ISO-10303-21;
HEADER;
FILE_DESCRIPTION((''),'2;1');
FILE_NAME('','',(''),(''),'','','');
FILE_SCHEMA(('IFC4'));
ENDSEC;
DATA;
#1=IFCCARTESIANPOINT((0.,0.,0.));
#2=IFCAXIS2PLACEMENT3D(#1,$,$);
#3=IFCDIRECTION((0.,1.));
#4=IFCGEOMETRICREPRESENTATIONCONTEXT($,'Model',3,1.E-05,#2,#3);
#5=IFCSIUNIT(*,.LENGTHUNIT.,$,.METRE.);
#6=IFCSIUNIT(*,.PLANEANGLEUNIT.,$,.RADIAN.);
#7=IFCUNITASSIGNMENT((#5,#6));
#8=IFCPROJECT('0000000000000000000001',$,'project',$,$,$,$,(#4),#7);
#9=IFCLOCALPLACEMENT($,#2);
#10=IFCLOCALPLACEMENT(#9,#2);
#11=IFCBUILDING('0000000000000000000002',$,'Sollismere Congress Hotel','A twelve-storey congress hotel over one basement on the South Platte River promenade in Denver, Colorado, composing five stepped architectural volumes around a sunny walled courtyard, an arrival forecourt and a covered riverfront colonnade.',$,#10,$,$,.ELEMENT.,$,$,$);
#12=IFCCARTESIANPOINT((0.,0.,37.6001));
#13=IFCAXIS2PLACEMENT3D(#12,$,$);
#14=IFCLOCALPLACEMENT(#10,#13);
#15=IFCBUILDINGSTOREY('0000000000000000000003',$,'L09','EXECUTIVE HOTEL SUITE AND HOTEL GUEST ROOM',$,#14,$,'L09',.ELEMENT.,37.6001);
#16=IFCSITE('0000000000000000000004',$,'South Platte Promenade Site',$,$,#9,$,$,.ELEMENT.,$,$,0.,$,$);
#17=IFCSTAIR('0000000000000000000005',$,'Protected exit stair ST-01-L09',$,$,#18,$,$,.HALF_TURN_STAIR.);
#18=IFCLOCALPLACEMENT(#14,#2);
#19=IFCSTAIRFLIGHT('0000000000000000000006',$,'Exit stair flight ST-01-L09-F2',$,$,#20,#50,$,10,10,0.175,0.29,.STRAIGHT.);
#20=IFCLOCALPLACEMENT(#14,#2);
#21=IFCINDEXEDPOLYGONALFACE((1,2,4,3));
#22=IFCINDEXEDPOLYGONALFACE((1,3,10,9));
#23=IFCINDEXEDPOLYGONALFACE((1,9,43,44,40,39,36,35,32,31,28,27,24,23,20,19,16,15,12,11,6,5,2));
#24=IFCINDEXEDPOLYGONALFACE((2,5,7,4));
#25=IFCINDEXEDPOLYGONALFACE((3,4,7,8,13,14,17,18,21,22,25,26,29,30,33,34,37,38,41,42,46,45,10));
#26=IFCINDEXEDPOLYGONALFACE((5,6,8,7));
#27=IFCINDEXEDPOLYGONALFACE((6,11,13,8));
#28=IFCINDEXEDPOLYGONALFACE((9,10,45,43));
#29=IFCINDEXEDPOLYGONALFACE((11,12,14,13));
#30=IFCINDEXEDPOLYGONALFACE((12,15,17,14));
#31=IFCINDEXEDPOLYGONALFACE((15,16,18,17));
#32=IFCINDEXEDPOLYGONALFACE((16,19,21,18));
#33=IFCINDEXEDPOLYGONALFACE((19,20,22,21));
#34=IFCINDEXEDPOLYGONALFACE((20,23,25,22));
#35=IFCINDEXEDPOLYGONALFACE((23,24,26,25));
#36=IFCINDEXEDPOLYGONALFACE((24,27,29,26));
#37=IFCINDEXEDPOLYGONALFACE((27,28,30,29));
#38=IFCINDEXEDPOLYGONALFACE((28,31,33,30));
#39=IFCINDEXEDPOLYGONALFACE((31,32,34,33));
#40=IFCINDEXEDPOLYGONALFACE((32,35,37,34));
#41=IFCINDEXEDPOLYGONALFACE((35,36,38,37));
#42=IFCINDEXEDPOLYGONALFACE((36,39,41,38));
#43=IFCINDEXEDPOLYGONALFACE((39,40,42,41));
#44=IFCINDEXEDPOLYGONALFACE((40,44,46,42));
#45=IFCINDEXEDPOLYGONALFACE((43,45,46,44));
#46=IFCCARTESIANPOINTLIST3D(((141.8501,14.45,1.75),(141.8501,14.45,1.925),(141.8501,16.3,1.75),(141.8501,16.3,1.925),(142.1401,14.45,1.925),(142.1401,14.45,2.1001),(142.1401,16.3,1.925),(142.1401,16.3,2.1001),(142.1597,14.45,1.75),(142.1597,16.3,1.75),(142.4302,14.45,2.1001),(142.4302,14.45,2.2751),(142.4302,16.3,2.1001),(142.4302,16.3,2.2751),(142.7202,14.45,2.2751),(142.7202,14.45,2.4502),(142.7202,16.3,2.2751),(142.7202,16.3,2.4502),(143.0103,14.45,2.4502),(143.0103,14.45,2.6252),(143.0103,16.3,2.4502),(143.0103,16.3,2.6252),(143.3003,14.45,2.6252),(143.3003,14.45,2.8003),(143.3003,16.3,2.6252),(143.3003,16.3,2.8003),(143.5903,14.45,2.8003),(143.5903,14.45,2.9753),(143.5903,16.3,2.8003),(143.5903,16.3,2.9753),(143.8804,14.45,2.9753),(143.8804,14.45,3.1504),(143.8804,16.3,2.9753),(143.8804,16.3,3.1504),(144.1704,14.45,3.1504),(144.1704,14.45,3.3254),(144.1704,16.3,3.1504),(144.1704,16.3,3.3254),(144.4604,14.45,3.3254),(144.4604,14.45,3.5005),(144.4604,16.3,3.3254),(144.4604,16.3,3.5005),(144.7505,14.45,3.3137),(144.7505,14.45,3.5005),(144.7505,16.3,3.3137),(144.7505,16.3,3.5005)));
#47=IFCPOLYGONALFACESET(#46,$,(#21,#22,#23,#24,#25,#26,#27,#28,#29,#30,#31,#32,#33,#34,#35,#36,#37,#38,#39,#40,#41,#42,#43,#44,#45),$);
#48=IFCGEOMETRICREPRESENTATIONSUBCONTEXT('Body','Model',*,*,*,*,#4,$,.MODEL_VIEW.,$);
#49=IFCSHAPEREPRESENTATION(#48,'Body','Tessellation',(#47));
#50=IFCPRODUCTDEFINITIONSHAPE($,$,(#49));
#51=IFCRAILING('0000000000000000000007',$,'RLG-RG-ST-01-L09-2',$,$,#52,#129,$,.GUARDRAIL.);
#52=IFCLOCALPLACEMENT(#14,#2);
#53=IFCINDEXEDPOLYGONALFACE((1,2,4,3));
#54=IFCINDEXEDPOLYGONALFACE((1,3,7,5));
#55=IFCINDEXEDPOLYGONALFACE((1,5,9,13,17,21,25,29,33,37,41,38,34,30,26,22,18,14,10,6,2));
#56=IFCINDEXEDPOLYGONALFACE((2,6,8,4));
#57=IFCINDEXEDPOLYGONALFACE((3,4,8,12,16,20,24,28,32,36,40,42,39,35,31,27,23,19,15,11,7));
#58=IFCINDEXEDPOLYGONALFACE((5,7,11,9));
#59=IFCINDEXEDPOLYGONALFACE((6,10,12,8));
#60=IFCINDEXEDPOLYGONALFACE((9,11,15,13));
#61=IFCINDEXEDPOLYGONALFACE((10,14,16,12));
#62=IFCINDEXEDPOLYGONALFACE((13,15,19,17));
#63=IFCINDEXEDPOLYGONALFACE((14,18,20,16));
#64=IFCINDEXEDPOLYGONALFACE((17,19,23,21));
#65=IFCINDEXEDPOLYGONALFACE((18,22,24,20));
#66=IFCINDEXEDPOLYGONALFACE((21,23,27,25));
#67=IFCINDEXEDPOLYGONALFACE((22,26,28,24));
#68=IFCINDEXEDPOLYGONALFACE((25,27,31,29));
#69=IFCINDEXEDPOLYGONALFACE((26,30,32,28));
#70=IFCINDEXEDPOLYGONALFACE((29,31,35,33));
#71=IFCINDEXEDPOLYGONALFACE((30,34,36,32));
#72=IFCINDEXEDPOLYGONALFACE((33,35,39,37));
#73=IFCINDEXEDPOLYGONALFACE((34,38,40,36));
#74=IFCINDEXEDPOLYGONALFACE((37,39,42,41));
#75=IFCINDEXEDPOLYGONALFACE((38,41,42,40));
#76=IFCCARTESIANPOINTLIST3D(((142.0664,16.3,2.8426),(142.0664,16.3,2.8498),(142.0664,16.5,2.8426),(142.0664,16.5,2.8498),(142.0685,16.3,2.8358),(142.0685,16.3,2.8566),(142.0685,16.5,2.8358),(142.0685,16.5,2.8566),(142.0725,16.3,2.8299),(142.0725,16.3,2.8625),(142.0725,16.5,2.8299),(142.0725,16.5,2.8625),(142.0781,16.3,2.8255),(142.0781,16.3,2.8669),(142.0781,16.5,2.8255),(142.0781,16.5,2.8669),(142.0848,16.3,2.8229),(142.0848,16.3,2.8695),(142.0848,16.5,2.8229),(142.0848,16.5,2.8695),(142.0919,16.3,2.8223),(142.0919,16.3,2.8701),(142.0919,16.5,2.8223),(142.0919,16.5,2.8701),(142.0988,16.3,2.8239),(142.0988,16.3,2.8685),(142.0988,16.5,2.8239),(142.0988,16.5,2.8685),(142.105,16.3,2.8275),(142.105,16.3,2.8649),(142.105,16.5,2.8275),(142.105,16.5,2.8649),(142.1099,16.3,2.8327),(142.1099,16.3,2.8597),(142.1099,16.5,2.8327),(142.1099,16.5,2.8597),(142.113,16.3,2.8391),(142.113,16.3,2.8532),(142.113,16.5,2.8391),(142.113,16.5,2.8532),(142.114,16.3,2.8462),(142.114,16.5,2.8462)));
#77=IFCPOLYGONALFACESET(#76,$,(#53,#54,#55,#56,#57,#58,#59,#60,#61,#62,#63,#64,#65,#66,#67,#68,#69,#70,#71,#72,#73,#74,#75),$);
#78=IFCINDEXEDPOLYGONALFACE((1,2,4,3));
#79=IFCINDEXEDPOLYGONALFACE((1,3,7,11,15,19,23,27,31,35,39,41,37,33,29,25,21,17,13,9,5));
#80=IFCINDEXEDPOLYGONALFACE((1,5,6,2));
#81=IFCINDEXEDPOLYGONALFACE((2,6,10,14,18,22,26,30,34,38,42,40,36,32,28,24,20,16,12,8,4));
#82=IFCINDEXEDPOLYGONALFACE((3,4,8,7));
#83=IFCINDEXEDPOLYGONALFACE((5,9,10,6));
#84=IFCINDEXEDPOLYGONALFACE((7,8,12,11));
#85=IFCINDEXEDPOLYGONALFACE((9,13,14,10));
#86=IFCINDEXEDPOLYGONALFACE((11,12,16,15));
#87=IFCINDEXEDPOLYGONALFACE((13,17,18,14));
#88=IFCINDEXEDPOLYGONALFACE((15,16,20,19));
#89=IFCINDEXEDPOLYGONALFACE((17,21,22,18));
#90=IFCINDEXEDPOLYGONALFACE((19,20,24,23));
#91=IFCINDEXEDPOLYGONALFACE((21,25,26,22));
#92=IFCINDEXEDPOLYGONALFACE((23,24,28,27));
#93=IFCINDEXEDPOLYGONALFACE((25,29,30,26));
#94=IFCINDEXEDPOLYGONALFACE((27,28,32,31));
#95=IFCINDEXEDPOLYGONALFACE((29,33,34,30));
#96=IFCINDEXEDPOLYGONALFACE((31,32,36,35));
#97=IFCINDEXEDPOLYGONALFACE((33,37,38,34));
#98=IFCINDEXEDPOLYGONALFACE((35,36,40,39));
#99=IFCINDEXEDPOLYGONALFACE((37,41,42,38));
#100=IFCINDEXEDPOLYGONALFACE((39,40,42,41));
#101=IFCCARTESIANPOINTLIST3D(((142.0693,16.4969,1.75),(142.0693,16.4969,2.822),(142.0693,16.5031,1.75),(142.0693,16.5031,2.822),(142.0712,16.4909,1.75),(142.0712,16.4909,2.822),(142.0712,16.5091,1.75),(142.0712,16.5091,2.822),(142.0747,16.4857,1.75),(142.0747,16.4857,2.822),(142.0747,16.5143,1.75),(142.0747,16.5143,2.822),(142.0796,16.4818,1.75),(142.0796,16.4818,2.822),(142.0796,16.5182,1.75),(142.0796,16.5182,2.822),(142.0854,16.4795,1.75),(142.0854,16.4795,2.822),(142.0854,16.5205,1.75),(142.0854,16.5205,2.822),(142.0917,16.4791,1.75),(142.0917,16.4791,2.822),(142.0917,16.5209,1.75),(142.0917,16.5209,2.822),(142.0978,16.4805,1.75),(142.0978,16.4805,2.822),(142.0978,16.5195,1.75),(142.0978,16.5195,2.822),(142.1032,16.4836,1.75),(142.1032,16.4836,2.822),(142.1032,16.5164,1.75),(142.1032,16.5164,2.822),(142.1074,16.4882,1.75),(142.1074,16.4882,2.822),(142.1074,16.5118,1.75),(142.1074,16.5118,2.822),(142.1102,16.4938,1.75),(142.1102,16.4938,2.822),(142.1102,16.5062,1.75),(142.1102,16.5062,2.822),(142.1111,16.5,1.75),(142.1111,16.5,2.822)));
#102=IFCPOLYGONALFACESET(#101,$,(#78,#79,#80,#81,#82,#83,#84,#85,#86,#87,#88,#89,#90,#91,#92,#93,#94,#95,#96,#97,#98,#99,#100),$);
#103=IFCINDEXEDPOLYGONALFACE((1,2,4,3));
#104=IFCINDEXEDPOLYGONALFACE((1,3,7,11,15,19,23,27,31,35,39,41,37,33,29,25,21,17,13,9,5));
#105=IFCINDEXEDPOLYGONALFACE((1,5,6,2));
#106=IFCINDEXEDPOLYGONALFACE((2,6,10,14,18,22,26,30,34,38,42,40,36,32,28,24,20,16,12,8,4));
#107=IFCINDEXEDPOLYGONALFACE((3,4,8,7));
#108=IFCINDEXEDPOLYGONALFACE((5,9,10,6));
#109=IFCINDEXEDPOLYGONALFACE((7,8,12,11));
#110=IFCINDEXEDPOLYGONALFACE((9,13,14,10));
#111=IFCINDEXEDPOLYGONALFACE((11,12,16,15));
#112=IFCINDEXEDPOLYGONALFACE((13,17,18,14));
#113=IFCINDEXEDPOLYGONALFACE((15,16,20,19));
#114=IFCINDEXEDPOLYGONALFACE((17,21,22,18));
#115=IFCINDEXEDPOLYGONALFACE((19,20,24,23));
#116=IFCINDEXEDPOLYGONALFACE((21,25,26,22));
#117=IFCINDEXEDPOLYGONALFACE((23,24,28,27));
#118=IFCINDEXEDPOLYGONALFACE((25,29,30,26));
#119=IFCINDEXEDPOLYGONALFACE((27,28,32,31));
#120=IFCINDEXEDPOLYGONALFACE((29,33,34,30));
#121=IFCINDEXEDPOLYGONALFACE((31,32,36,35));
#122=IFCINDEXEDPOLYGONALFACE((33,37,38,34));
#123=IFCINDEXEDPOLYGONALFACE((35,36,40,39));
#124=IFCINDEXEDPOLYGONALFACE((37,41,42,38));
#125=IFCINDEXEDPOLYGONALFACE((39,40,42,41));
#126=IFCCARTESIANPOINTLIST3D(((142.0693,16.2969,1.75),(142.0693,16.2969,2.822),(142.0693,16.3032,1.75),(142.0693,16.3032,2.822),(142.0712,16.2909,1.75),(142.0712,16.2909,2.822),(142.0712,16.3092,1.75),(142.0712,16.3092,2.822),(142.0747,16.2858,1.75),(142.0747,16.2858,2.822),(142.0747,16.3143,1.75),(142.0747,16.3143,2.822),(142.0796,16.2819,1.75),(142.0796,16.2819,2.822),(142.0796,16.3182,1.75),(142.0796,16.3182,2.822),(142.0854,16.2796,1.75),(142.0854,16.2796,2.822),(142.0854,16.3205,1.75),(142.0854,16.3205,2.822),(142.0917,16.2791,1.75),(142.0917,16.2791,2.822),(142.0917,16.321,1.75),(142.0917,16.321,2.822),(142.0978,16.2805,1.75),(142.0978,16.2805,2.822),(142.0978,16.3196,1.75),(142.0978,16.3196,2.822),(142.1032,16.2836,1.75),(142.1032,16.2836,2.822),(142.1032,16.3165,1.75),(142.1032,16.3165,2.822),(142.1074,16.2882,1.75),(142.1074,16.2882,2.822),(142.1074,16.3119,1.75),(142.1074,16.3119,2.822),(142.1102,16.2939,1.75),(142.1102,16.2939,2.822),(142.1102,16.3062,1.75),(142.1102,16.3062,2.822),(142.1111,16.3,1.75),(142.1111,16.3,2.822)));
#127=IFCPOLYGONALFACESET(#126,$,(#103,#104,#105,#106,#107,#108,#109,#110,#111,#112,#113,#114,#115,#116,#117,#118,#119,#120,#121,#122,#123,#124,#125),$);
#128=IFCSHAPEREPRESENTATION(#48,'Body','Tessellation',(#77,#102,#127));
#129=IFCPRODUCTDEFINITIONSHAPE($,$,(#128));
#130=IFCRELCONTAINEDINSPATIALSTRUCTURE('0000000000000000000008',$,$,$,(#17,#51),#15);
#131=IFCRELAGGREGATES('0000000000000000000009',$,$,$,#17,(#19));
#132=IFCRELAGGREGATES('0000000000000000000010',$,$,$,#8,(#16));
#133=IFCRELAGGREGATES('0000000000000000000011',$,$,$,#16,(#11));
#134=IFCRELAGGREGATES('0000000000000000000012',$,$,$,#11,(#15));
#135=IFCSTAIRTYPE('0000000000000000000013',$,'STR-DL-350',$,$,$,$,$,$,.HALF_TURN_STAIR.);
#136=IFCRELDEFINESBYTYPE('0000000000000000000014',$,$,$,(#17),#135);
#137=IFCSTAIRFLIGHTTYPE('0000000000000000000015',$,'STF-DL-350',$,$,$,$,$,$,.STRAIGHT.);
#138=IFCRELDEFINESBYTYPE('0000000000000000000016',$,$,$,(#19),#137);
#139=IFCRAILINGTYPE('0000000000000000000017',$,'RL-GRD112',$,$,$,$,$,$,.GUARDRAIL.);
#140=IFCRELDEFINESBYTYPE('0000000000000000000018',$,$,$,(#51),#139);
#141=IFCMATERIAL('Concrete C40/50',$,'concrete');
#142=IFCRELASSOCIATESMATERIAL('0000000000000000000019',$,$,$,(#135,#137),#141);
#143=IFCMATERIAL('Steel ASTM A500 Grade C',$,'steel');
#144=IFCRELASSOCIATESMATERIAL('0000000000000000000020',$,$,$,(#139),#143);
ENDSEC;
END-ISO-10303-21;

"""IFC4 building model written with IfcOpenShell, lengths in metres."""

from ifc_helpers import new_model, si_unit, direction, frame, origin, origin_2d, place, context, subcontext, project, spatial, polyline, circle, outline, extrude, material, type_object, element, aggregate, save


model = new_model("IFC4")

# Units and contexts
model_context = context("Model", 3, precision=1e-05, world=origin(), true_north=direction((0.0, 1.0)))
body_context = subcontext(model_context, "Body", "Model", "MODEL_VIEW")
ifc_project = project(units=[si_unit("LENGTHUNIT", "METRE"), si_unit("PLANEANGLEUNIT", "RADIAN")], contexts=[model_context])

# Site, building, storey
site_placement = place(None, origin())
site = spatial("IfcSite", under=ifc_project, at=site_placement, Name="South Platte Promenade Site", CompositionType="ELEMENT", RefElevation=0.0)
building_placement = place(site_placement, origin())
building = spatial("IfcBuilding", under=site, at=building_placement, Name="Sollismere Congress Hotel", Description="A twelve-storey congress hotel over one basement on the South Platte River promenade in Denver, Colorado, composing five stepped architectural volumes around a sunny walled courtyard, an arrival forecourt and a covered riverfront colonnade.", CompositionType="ELEMENT")
storey_placement = place(building_placement, frame((0.0, 0.0, 37.6001)))
storey = spatial("IfcBuildingStorey", under=building, at=storey_placement, Name="L09", Description="EXECUTIVE HOTEL SUITE AND HOTEL GUEST ROOM", LongName="L09", CompositionType="ELEMENT", Elevation=37.6001)

# Stair, stair flight
ifc_material_1 = material(Name="Concrete C40/50", Category="concrete")
stair_type = type_object("IfcStairType", Name="STR-DL-350", PredefinedType="HALF_TURN_STAIR", material=ifc_material_1)
stair_placement = place(storey_placement, origin())
stair = element("IfcStair", 1, at=stair_placement, inside=storey, type_object=stair_type, Name="Protected exit stair ST-01-L09", PredefinedType="HALF_TURN_STAIR")
stair_flight_type = type_object("IfcStairFlightType", Name="STF-DL-350", PredefinedType="STRAIGHT", material=ifc_material_1)
stair_flight_placement = place(storey_placement, frame((141.8501, 15.375, 1.75), z_axis=(0.0, 0.0, 1.0), x_axis=(1.0, 0.0, 0.0)))
stair_flight = element("IfcStairFlight", 2, at=stair_flight_placement, type_object=stair_flight_type, Name="Exit stair flight ST-01-L09-F2", NumberOfRisers=10, NumberOfTreads=10, PredefinedType="STRAIGHT", RiserHeight=0.175, TreadLength=0.29, context=body_context, shape_type="SweptSolid", body=[
    extrude(outline(polyline([(0.0, 0.0), (0.0, 0.175), (0.29, 0.175), (0.29, 0.3501), (0.5801, 0.3501), (0.5801, 0.5251), (0.8701, 0.5251), (0.8701, 0.7002), (1.1602, 0.7002), (1.1602, 0.8752), (1.4502, 0.8752), (1.4502, 1.0503), (1.7402, 1.0503), (1.7402, 1.2253), (2.0303, 1.2253), (2.0303, 1.4004), (2.3203, 1.4004), (2.3203, 1.5754), (2.6104, 1.5754), (2.6104, 1.7505), (2.9004, 1.7505), (2.9004, 1.5637), (0.3096, 0.0), (0.0, 0.0)])), frame((0.0, 0.925, 0.0), z_axis=(0.0, -1.0, 0.0), x_axis=(1.0, 0.0, 0.0)), (0.0, 0.0, 1.0), 1.8501),
])
aggregate(stair, [stair_flight])

# Railing
ifc_material_2 = material(Name="Steel ASTM A500 Grade C", Category="steel")
railing_type = type_object("IfcRailingType", Name="RL-GRD112", PredefinedType="GUARDRAIL", material=ifc_material_2)
railing_placement = place(storey_placement, frame((142.0901, 16.5, 1.75)))
element("IfcRailing", 3, at=railing_placement, inside=storey, type_object=railing_type, Name="RLG-RG-ST-01-L09-2", PredefinedType="GUARDRAIL", context=body_context, shape_type="SweptSolid", body=[
    extrude(circle(Radius=0.0239, at=origin_2d()), frame((0.0, 0.0, 1.0962), z_axis=(0.0, -1.0, 0.0), x_axis=(1.0, 0.0, 0.0)), (0.0, 0.0, 1.0), 0.2),
    extrude(circle(Radius=0.021, at=origin_2d()), origin(), (0.0, 0.0, 1.0), 1.072),
    extrude(circle(Radius=0.021, at=origin_2d()), frame((0.0, -0.2, 0.0)), (0.0, 0.0, 1.0), 1.072),
])

save(model, "model.ifc")
